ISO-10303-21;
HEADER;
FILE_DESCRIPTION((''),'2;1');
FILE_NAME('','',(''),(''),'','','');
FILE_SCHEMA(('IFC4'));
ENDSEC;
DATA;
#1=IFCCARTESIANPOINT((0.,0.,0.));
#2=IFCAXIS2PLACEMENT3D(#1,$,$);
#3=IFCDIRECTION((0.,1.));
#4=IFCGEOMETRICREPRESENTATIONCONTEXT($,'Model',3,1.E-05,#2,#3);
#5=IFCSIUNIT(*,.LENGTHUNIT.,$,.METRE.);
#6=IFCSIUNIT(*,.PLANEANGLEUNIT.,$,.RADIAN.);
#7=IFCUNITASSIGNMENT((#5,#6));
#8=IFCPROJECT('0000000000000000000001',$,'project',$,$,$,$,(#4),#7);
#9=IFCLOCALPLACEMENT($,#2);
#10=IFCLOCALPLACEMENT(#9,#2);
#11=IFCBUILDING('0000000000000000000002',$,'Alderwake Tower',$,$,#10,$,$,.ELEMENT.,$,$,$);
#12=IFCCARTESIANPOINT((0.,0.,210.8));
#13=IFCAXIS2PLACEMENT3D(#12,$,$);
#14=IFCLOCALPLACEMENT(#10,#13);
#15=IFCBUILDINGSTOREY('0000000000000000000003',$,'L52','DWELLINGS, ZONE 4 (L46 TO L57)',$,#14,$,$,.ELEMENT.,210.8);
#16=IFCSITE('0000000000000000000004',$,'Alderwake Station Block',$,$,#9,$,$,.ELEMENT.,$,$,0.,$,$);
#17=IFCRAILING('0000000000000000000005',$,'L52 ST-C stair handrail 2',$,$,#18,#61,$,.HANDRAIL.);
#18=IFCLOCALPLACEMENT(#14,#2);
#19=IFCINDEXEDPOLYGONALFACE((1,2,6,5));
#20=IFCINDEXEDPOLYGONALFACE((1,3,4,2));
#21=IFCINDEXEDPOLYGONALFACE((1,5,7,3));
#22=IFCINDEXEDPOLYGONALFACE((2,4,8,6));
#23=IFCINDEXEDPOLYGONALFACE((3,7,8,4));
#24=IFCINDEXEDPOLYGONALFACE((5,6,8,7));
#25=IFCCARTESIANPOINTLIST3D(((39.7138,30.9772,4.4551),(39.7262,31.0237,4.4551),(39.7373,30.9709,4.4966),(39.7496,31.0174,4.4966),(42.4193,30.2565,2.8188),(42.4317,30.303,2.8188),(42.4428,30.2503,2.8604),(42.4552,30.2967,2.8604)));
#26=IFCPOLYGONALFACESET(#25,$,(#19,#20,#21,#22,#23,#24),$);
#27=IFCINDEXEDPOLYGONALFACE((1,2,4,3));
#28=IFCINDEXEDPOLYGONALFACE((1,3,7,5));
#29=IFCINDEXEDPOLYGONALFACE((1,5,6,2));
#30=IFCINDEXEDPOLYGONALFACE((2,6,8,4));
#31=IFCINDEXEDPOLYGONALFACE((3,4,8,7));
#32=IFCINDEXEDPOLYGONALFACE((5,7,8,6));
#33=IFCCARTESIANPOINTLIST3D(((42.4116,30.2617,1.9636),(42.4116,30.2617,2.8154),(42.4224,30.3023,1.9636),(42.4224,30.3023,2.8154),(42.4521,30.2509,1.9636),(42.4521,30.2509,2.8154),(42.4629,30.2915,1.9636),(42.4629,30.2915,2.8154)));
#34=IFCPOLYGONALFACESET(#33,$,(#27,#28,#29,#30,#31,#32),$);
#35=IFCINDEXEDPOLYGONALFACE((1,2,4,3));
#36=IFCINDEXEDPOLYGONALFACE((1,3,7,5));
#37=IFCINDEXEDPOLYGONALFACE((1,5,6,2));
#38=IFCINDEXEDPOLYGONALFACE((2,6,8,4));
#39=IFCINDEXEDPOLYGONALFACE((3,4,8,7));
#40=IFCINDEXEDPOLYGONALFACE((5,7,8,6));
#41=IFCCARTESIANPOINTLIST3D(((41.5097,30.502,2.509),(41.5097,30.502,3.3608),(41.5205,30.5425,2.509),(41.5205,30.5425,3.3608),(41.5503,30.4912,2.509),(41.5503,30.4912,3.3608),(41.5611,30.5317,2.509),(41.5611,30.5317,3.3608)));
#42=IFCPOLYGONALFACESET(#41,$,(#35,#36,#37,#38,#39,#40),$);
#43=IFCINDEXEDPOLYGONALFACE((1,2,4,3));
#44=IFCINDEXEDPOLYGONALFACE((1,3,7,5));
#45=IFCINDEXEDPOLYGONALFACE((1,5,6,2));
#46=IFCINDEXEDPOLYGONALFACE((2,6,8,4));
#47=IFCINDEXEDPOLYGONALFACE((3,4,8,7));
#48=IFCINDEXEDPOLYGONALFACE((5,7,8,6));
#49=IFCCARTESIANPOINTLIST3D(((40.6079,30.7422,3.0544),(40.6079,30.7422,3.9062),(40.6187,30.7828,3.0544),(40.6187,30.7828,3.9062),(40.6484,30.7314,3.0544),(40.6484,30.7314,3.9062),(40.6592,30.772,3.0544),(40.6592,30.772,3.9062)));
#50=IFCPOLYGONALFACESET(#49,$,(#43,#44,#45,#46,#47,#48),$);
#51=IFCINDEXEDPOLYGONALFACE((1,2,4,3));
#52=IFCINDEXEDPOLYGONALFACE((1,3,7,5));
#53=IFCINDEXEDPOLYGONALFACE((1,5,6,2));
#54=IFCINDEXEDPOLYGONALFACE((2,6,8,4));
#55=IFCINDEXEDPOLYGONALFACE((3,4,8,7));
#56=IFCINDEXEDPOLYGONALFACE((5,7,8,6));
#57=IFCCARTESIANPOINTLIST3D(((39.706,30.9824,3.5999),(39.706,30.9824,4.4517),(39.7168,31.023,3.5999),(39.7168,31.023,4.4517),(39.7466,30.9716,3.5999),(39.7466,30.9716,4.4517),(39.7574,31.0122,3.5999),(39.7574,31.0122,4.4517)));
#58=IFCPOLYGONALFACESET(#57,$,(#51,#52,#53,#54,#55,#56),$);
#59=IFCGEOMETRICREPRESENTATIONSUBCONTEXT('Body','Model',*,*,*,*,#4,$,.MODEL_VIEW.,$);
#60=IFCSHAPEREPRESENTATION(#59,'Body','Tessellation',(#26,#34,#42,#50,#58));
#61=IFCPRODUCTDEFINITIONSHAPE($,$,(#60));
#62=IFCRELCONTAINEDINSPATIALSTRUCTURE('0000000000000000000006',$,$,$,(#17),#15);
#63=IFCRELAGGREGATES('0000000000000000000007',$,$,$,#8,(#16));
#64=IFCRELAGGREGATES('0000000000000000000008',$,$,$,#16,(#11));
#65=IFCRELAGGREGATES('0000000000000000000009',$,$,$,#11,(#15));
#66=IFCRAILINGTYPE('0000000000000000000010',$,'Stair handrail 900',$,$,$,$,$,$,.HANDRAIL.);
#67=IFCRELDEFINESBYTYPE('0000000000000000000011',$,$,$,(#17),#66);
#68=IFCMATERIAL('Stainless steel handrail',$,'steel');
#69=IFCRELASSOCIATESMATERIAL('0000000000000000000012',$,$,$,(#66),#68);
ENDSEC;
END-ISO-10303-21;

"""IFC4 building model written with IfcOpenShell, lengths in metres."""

from ifc_helpers import new_model, si_unit, direction, frame, origin, origin_2d, place, context, subcontext, project, spatial, rectangle, extrude, material, type_object, element, save


model = new_model("IFC4")

# Units and contexts
model_context = context("Model", 3, precision=1e-05, world=origin(), true_north=direction((0.0, 1.0)))
body_context = subcontext(model_context, "Body", "Model", "MODEL_VIEW")
ifc_project = project(units=[si_unit("LENGTHUNIT", "METRE"), si_unit("PLANEANGLEUNIT", "RADIAN")], contexts=[model_context])

# Site, building, storey
site_placement = place(None, origin())
site = spatial("IfcSite", under=ifc_project, at=site_placement, Name="Alderwake Station Block", CompositionType="ELEMENT", RefElevation=0.0)
building_placement = place(site_placement, origin())
building = spatial("IfcBuilding", under=site, at=building_placement, Name="Alderwake Tower", CompositionType="ELEMENT")
storey_placement = place(building_placement, frame((0.0, 0.0, 210.8)))
storey = spatial("IfcBuildingStorey", under=building, at=storey_placement, Name="L52", Description="DWELLINGS, ZONE 4 (L46 TO L57)", CompositionType="ELEMENT", Elevation=210.8)

# Railing
ifc_material_1 = material(Name="Stainless steel handrail", Category="steel")
railing_type_1 = type_object("IfcRailingType", Name="Stair handrail 900", PredefinedType="HANDRAIL", material=ifc_material_1)
railing_1_placement = place(storey_placement, frame((42.4373, 30.2766, 1.9636)))
element("IfcRailing", 1, at=railing_1_placement, inside=storey, type_object=railing_type_1, Name="L52 ST-C stair handrail 2", PredefinedType="HANDRAIL", context=body_context, shape_type="SweptSolid", body=[
    extrude(rectangle(XDim=0.0481, YDim=0.0481, at=origin_2d()), frame((0.0, 0.0, 0.876), z_axis=(-0.834291, 0.222237, 0.504549), x_axis=(-0.257402, -0.966304, 0.0)), (0.0, 0.0, 1.0), 3.2429),
    extrude(rectangle(XDim=0.042, YDim=0.042, at=origin_2d()), frame((0.0, 0.0, 0.0), z_axis=(0.0, 0.0, 1.0), x_axis=(-0.966304, 0.257402, 0.0)), (0.0, 0.0, 1.0), 0.8518),
    extrude(rectangle(XDim=0.042, YDim=0.042, at=origin_2d()), frame((-0.9019, 0.2402, 0.5454), z_axis=(0.0, 0.0, 1.0), x_axis=(-0.966304, 0.257402, 0.0)), (0.0, 0.0, 1.0), 0.8518),
    extrude(rectangle(XDim=0.042, YDim=0.042, at=origin_2d()), frame((-1.8037, 0.4805, 1.0908), z_axis=(0.0, 0.0, 1.0), x_axis=(-0.966304, 0.257402, 0.0)), (0.0, 0.0, 1.0), 0.8518),
    extrude(rectangle(XDim=0.042, YDim=0.042, at=origin_2d()), frame((-2.7056, 0.7207, 1.6362), z_axis=(0.0, 0.0, 1.0), x_axis=(-0.966304, 0.257402, 0.0)), (0.0, 0.0, 1.0), 0.8518),
])

save(model, "model.ifc")
